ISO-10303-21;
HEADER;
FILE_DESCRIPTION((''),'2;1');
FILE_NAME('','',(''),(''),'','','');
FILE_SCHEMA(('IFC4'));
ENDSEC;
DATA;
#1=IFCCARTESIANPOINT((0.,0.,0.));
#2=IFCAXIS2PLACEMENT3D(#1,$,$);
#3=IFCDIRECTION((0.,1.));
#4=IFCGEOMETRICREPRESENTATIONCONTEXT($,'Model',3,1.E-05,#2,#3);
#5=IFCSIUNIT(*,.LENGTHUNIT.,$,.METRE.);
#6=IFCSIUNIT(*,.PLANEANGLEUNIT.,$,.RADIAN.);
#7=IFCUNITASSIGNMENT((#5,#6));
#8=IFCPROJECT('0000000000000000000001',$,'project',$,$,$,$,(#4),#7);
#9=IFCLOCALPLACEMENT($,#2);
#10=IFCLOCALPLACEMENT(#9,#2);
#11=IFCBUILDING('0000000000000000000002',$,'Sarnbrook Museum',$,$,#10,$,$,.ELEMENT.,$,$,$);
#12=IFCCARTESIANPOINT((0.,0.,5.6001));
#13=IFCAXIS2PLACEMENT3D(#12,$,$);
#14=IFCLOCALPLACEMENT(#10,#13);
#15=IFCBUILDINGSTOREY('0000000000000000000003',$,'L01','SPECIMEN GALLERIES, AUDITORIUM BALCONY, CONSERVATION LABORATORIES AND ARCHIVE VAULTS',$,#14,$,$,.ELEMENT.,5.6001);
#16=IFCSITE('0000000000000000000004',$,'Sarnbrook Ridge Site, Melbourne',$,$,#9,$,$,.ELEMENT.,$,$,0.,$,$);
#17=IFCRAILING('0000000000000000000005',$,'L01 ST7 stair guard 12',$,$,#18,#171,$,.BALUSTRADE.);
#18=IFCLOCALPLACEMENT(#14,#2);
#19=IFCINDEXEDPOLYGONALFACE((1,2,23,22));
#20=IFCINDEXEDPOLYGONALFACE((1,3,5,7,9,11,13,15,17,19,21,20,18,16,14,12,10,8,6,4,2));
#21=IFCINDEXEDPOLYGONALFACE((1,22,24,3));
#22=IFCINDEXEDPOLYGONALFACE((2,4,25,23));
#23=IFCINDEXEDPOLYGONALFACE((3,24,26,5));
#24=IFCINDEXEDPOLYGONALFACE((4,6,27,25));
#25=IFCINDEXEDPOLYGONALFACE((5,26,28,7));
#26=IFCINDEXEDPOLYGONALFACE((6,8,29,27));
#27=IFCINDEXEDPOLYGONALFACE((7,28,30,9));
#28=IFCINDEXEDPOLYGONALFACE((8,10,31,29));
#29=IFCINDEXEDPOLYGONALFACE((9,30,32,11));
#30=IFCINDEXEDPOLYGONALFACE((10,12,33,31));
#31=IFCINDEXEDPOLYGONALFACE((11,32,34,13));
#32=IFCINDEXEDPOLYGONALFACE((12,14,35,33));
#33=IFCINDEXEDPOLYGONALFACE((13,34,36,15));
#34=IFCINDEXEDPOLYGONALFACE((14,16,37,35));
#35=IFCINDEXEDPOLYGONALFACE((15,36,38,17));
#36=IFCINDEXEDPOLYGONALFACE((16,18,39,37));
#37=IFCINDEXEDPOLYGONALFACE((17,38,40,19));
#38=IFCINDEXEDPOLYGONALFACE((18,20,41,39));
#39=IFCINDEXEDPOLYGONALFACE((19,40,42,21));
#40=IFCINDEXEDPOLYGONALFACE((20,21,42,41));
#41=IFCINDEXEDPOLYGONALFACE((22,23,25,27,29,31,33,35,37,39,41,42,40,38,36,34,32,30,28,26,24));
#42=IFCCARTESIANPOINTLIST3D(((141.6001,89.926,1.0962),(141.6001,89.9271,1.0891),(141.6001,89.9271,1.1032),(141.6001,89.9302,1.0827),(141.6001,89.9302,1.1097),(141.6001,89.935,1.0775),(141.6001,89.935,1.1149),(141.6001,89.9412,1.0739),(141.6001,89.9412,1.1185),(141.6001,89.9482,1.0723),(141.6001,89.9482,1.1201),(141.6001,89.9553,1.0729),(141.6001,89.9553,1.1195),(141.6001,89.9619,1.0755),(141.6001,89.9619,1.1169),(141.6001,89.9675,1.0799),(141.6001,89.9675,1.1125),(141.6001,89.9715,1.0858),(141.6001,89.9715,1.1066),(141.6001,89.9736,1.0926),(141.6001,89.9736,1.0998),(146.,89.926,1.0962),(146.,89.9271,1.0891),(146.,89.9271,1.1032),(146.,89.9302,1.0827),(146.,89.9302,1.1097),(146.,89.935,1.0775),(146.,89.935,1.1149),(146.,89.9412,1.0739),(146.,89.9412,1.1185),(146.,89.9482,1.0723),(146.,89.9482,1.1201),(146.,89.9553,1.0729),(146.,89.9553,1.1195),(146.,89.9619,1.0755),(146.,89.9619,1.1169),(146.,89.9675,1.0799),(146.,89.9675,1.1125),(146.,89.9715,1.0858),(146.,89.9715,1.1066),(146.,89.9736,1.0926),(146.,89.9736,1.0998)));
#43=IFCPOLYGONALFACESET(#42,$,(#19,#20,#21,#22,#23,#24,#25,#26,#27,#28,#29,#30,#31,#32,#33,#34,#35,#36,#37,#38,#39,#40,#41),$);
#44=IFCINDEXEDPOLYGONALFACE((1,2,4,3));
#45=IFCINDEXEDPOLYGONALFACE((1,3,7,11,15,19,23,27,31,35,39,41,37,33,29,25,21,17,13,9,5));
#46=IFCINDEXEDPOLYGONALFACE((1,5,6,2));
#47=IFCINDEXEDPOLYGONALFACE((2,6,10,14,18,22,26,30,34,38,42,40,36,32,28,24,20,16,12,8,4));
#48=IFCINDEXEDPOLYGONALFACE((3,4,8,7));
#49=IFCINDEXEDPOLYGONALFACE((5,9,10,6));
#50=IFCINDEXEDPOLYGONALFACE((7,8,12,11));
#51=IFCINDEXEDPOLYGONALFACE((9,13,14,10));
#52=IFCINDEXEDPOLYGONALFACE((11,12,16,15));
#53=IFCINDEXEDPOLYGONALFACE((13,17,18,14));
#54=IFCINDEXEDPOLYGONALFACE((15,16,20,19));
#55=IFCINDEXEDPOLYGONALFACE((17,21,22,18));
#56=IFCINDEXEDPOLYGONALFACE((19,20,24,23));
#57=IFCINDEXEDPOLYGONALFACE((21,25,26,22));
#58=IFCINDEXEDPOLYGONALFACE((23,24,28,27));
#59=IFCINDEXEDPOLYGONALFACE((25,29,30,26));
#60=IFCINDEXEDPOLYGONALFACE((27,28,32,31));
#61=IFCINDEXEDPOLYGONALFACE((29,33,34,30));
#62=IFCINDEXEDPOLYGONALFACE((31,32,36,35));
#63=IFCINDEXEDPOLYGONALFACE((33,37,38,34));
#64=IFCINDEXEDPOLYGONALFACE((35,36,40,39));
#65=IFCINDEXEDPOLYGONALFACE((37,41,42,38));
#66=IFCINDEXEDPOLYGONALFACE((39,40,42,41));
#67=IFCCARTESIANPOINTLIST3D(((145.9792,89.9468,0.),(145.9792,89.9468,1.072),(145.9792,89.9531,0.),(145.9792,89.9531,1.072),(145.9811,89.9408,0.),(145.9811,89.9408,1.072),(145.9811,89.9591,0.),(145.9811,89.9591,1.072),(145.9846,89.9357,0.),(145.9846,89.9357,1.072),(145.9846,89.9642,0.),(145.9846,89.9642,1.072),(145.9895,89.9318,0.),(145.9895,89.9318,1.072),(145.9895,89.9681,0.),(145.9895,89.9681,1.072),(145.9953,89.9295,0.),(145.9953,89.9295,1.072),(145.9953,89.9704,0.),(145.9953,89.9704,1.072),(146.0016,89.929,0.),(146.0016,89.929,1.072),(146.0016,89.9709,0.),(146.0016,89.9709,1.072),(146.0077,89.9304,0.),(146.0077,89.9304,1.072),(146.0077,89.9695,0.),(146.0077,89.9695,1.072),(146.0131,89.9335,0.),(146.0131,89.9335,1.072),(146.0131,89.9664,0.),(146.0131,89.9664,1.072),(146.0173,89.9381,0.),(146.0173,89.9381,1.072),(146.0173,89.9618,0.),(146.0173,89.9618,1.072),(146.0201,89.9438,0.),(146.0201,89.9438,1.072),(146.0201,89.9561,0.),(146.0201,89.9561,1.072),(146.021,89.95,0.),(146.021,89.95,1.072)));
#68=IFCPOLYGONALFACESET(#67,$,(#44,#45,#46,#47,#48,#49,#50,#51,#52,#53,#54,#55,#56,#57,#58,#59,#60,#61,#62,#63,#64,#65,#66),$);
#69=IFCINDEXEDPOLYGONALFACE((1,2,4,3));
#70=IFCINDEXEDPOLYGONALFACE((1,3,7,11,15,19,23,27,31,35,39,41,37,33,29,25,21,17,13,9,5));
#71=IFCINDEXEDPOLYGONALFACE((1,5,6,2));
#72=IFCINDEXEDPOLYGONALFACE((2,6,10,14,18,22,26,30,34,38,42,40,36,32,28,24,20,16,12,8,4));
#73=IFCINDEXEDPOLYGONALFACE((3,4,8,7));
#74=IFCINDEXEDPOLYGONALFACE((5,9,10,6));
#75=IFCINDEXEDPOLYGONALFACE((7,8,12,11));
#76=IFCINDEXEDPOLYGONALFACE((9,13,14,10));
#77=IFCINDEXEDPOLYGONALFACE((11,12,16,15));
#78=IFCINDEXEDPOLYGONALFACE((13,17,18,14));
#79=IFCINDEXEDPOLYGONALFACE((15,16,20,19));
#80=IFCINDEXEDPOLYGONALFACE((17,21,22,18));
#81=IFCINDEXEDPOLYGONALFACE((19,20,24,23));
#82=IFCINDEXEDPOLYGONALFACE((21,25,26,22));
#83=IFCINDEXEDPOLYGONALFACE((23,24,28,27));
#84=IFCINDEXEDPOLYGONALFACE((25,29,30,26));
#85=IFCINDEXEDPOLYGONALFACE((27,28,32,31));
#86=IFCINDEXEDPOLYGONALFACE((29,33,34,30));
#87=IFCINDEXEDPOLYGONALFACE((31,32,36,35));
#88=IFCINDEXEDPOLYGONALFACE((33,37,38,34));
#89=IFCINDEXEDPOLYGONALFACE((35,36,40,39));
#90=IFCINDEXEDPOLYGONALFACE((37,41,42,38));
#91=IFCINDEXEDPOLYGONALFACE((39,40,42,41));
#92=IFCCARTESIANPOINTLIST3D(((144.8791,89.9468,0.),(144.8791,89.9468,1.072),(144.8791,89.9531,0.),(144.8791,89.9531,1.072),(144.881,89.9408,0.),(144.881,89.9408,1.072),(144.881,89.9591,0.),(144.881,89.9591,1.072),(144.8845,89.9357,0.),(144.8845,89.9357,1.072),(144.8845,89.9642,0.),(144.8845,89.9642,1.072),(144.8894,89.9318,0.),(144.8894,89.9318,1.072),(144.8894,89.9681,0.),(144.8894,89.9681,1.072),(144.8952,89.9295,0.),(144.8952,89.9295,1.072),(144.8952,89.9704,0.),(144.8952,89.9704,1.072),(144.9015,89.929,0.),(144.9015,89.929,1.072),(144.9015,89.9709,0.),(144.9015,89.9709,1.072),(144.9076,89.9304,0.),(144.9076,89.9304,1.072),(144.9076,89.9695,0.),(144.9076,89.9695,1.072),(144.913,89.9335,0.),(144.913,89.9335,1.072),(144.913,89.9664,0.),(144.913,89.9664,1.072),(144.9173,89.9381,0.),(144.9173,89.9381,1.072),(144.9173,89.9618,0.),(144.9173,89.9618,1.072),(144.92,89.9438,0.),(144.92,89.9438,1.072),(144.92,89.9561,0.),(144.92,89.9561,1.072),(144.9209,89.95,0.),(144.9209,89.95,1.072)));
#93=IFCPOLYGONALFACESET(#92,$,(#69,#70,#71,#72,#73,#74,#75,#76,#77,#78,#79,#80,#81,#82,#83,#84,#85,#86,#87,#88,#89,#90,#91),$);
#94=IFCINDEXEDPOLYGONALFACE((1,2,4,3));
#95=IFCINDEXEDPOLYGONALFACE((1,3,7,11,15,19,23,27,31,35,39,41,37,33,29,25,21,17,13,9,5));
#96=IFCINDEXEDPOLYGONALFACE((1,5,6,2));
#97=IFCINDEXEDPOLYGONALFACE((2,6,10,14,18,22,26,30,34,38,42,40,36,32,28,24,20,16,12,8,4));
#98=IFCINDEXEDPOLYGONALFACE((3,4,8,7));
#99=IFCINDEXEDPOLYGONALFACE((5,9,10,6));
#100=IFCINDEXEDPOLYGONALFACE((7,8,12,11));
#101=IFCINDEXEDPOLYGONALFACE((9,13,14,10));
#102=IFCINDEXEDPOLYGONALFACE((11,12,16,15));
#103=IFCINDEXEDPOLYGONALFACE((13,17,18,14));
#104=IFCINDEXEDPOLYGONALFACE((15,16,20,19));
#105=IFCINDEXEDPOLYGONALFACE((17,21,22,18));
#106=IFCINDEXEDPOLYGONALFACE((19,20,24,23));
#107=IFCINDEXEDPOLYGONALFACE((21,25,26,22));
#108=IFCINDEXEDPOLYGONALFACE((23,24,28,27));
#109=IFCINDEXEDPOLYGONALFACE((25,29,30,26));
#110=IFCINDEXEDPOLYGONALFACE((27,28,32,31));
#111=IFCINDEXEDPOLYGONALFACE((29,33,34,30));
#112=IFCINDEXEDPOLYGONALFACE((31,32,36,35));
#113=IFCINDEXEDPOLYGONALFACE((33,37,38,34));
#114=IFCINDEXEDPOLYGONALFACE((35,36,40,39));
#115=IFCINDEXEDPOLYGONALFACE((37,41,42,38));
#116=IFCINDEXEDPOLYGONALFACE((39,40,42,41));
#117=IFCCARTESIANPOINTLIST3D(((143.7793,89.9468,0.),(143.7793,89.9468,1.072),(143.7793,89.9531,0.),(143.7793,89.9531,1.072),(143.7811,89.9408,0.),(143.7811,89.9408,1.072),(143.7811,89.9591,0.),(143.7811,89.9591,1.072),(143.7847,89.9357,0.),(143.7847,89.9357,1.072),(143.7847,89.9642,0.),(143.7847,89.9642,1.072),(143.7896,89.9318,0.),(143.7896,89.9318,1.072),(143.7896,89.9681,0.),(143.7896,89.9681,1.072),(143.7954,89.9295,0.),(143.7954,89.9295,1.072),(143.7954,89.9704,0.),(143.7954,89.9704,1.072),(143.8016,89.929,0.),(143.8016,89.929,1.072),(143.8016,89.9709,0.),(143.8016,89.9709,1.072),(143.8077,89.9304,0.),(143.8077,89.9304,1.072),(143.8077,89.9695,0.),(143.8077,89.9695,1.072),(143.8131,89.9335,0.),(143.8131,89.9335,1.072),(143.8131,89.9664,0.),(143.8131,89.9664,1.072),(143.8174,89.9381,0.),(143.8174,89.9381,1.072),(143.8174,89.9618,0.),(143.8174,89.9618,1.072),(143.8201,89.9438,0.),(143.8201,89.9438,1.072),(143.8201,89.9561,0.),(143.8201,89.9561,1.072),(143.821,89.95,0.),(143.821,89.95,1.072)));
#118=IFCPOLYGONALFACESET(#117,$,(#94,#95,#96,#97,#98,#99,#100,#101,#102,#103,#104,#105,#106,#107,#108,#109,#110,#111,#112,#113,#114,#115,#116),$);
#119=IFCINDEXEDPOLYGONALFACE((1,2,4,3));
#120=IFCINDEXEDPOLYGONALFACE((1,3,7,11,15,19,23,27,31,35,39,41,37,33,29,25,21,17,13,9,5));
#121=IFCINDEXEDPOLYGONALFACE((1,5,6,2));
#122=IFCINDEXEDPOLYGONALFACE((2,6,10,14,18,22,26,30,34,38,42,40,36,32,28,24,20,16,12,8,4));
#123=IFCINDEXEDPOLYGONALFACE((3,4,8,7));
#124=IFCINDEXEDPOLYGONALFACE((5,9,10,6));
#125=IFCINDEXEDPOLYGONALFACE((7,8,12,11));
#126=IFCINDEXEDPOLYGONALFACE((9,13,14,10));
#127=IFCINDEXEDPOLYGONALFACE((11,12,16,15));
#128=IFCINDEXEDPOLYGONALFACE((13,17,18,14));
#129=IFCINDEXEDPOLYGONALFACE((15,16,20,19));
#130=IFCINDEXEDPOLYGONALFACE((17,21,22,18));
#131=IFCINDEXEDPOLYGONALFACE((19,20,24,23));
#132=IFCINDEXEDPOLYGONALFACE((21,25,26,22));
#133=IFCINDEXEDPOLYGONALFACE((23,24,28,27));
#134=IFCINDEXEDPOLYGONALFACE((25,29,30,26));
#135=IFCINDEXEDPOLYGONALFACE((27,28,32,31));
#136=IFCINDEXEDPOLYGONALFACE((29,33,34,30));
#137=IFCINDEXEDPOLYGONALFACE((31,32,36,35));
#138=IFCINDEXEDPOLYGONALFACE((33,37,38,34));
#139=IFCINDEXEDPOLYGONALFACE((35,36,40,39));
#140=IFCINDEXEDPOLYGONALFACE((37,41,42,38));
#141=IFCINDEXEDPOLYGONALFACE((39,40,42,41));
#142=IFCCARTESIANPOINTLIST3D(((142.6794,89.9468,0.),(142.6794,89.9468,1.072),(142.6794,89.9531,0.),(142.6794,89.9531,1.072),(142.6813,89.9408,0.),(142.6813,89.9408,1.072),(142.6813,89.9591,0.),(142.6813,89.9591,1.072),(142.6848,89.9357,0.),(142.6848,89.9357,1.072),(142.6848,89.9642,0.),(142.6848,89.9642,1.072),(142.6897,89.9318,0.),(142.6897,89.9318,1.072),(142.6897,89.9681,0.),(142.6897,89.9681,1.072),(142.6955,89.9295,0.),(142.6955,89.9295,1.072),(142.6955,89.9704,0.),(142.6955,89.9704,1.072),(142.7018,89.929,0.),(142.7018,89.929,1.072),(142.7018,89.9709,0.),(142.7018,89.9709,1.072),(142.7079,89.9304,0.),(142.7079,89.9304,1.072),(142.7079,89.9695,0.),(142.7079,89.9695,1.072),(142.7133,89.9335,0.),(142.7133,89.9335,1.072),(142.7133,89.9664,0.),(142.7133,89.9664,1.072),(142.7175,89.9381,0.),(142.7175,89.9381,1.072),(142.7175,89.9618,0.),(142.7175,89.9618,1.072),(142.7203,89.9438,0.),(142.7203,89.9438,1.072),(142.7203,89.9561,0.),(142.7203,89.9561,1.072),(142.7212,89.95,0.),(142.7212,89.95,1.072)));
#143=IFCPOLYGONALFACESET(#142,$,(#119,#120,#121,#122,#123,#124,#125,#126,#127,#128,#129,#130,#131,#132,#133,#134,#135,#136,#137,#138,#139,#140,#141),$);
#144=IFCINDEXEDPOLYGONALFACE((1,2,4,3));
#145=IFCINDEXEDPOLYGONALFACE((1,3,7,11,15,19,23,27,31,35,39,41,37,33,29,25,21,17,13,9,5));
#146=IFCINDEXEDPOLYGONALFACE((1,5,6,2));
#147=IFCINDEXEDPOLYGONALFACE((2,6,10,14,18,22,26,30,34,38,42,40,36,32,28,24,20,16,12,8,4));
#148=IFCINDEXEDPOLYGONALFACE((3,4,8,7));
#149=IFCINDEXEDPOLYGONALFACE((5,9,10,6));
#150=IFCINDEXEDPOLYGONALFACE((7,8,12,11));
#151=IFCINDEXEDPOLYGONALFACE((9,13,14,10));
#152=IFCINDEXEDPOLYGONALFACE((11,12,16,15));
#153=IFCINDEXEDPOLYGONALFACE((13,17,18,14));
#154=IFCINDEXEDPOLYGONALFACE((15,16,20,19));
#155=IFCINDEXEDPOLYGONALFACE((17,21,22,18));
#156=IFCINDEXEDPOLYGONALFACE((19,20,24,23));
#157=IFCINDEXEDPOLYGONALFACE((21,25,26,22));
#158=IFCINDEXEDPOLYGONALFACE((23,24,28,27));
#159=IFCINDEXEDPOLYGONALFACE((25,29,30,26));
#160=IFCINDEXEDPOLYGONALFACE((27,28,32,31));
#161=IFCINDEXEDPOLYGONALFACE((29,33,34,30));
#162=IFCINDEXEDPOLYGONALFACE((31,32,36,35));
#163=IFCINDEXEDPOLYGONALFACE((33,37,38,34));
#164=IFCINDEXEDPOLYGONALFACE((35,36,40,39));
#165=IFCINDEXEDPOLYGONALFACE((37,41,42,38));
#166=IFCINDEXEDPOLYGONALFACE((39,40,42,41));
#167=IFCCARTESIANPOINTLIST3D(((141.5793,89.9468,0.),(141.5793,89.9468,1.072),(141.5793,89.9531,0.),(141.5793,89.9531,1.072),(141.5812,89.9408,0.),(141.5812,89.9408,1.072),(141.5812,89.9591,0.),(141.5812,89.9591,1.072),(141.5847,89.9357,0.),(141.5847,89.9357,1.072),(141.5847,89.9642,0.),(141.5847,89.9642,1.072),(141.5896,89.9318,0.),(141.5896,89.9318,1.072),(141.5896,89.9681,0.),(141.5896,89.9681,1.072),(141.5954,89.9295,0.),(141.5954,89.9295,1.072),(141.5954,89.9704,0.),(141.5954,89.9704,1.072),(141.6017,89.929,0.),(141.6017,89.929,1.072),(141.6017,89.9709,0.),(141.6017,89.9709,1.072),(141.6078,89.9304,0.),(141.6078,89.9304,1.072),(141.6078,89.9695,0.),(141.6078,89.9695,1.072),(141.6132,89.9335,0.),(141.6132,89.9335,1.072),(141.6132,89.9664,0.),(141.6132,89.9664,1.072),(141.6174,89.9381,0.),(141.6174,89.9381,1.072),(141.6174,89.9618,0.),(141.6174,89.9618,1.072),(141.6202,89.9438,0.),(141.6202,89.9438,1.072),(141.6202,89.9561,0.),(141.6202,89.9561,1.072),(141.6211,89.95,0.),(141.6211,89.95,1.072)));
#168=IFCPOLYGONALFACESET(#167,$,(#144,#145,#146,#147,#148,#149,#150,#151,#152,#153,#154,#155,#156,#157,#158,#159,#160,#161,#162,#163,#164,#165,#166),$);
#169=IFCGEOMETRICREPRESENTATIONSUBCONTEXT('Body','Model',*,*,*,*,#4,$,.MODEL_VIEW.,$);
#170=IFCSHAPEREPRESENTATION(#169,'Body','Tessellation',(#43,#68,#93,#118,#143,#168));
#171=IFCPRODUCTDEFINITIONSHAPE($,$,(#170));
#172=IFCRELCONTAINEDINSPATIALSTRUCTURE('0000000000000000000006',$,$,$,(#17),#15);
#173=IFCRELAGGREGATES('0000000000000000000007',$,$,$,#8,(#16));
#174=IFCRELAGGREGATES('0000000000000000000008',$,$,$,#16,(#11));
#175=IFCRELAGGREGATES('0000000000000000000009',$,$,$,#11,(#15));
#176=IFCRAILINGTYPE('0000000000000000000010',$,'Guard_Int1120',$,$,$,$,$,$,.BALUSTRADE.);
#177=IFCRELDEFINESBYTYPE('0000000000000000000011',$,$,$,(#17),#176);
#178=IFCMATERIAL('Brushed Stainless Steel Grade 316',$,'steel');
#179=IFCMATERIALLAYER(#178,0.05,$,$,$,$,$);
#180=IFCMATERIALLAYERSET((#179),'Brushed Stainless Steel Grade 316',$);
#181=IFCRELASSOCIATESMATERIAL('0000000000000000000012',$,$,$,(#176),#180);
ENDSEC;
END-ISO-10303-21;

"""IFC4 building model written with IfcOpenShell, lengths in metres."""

from ifc_helpers import new_model, si_unit, direction, frame, origin, origin_2d, place, context, subcontext, project, spatial, circle, extrude, material, layer, layer_set, type_object, element, save


model = new_model("IFC4")

# Units and contexts
model_context = context("Model", 3, precision=1e-05, world=origin(), true_north=direction((0.0, 1.0)))
body_context = subcontext(model_context, "Body", "Model", "MODEL_VIEW")
ifc_project = project(units=[si_unit("LENGTHUNIT", "METRE"), si_unit("PLANEANGLEUNIT", "RADIAN")], contexts=[model_context])

# Site, building, storey
site_placement = place(None, origin())
site = spatial("IfcSite", under=ifc_project, at=site_placement, Name="Sarnbrook Ridge Site, Melbourne", CompositionType="ELEMENT", RefElevation=0.0)
building_placement = place(site_placement, origin())
building = spatial("IfcBuilding", under=site, at=building_placement, Name="Sarnbrook Museum", CompositionType="ELEMENT")
storey_placement = place(building_placement, frame((0.0, 0.0, 5.6001)))
storey = spatial("IfcBuildingStorey", under=building, at=storey_placement, Name="L01", Description="SPECIMEN GALLERIES, AUDITORIUM BALCONY, CONSERVATION LABORATORIES AND ARCHIVE VAULTS", CompositionType="ELEMENT", Elevation=5.6001)

# Railing
ifc_material_1 = material(Name="Brushed Stainless Steel Grade 316", Category="steel")
ifc_layer_1 = layer(ifc_material_1, 0.05)
ifc_layer_set_1 = layer_set([ifc_layer_1], Name="Brushed Stainless Steel Grade 316")
railing_type_1 = type_object("IfcRailingType", Name="Guard_Int1120", PredefinedType="BALUSTRADE", material=ifc_layer_set_1)
railing_1_placement = place(storey_placement, frame((146.0, 89.95, 0.0)))
element("IfcRailing", 1, at=railing_1_placement, inside=storey, type_object=railing_type_1, Name="L01 ST7 stair guard 12", PredefinedType="BALUSTRADE", context=body_context, shape_type="SweptSolid", body=[
    extrude(circle(Radius=0.0239, at=origin_2d()), frame((0.0, 0.0, 1.0962), z_axis=(-1.0, 0.0, 0.0), x_axis=(0.0, -1.0, 0.0)), (0.0, 0.0, 1.0), 4.3999),
    extrude(circle(Radius=0.021, at=origin_2d()), origin(), (0.0, 0.0, 1.0), 1.072),
    extrude(circle(Radius=0.021, at=origin_2d()), frame((-1.1001, 0.0, 0.0)), (0.0, 0.0, 1.0), 1.072),
    extrude(circle(Radius=0.021, at=origin_2d()), frame((-2.2, 0.0, 0.0)), (0.0, 0.0, 1.0), 1.072),
    extrude(circle(Radius=0.021, at=origin_2d()), frame((-3.2998, 0.0, 0.0)), (0.0, 0.0, 1.0), 1.072),
    extrude(circle(Radius=0.021, at=origin_2d()), frame((-4.3999, 0.0, 0.0)), (0.0, 0.0, 1.0), 1.072),
])

save(model, "model.ifc")
